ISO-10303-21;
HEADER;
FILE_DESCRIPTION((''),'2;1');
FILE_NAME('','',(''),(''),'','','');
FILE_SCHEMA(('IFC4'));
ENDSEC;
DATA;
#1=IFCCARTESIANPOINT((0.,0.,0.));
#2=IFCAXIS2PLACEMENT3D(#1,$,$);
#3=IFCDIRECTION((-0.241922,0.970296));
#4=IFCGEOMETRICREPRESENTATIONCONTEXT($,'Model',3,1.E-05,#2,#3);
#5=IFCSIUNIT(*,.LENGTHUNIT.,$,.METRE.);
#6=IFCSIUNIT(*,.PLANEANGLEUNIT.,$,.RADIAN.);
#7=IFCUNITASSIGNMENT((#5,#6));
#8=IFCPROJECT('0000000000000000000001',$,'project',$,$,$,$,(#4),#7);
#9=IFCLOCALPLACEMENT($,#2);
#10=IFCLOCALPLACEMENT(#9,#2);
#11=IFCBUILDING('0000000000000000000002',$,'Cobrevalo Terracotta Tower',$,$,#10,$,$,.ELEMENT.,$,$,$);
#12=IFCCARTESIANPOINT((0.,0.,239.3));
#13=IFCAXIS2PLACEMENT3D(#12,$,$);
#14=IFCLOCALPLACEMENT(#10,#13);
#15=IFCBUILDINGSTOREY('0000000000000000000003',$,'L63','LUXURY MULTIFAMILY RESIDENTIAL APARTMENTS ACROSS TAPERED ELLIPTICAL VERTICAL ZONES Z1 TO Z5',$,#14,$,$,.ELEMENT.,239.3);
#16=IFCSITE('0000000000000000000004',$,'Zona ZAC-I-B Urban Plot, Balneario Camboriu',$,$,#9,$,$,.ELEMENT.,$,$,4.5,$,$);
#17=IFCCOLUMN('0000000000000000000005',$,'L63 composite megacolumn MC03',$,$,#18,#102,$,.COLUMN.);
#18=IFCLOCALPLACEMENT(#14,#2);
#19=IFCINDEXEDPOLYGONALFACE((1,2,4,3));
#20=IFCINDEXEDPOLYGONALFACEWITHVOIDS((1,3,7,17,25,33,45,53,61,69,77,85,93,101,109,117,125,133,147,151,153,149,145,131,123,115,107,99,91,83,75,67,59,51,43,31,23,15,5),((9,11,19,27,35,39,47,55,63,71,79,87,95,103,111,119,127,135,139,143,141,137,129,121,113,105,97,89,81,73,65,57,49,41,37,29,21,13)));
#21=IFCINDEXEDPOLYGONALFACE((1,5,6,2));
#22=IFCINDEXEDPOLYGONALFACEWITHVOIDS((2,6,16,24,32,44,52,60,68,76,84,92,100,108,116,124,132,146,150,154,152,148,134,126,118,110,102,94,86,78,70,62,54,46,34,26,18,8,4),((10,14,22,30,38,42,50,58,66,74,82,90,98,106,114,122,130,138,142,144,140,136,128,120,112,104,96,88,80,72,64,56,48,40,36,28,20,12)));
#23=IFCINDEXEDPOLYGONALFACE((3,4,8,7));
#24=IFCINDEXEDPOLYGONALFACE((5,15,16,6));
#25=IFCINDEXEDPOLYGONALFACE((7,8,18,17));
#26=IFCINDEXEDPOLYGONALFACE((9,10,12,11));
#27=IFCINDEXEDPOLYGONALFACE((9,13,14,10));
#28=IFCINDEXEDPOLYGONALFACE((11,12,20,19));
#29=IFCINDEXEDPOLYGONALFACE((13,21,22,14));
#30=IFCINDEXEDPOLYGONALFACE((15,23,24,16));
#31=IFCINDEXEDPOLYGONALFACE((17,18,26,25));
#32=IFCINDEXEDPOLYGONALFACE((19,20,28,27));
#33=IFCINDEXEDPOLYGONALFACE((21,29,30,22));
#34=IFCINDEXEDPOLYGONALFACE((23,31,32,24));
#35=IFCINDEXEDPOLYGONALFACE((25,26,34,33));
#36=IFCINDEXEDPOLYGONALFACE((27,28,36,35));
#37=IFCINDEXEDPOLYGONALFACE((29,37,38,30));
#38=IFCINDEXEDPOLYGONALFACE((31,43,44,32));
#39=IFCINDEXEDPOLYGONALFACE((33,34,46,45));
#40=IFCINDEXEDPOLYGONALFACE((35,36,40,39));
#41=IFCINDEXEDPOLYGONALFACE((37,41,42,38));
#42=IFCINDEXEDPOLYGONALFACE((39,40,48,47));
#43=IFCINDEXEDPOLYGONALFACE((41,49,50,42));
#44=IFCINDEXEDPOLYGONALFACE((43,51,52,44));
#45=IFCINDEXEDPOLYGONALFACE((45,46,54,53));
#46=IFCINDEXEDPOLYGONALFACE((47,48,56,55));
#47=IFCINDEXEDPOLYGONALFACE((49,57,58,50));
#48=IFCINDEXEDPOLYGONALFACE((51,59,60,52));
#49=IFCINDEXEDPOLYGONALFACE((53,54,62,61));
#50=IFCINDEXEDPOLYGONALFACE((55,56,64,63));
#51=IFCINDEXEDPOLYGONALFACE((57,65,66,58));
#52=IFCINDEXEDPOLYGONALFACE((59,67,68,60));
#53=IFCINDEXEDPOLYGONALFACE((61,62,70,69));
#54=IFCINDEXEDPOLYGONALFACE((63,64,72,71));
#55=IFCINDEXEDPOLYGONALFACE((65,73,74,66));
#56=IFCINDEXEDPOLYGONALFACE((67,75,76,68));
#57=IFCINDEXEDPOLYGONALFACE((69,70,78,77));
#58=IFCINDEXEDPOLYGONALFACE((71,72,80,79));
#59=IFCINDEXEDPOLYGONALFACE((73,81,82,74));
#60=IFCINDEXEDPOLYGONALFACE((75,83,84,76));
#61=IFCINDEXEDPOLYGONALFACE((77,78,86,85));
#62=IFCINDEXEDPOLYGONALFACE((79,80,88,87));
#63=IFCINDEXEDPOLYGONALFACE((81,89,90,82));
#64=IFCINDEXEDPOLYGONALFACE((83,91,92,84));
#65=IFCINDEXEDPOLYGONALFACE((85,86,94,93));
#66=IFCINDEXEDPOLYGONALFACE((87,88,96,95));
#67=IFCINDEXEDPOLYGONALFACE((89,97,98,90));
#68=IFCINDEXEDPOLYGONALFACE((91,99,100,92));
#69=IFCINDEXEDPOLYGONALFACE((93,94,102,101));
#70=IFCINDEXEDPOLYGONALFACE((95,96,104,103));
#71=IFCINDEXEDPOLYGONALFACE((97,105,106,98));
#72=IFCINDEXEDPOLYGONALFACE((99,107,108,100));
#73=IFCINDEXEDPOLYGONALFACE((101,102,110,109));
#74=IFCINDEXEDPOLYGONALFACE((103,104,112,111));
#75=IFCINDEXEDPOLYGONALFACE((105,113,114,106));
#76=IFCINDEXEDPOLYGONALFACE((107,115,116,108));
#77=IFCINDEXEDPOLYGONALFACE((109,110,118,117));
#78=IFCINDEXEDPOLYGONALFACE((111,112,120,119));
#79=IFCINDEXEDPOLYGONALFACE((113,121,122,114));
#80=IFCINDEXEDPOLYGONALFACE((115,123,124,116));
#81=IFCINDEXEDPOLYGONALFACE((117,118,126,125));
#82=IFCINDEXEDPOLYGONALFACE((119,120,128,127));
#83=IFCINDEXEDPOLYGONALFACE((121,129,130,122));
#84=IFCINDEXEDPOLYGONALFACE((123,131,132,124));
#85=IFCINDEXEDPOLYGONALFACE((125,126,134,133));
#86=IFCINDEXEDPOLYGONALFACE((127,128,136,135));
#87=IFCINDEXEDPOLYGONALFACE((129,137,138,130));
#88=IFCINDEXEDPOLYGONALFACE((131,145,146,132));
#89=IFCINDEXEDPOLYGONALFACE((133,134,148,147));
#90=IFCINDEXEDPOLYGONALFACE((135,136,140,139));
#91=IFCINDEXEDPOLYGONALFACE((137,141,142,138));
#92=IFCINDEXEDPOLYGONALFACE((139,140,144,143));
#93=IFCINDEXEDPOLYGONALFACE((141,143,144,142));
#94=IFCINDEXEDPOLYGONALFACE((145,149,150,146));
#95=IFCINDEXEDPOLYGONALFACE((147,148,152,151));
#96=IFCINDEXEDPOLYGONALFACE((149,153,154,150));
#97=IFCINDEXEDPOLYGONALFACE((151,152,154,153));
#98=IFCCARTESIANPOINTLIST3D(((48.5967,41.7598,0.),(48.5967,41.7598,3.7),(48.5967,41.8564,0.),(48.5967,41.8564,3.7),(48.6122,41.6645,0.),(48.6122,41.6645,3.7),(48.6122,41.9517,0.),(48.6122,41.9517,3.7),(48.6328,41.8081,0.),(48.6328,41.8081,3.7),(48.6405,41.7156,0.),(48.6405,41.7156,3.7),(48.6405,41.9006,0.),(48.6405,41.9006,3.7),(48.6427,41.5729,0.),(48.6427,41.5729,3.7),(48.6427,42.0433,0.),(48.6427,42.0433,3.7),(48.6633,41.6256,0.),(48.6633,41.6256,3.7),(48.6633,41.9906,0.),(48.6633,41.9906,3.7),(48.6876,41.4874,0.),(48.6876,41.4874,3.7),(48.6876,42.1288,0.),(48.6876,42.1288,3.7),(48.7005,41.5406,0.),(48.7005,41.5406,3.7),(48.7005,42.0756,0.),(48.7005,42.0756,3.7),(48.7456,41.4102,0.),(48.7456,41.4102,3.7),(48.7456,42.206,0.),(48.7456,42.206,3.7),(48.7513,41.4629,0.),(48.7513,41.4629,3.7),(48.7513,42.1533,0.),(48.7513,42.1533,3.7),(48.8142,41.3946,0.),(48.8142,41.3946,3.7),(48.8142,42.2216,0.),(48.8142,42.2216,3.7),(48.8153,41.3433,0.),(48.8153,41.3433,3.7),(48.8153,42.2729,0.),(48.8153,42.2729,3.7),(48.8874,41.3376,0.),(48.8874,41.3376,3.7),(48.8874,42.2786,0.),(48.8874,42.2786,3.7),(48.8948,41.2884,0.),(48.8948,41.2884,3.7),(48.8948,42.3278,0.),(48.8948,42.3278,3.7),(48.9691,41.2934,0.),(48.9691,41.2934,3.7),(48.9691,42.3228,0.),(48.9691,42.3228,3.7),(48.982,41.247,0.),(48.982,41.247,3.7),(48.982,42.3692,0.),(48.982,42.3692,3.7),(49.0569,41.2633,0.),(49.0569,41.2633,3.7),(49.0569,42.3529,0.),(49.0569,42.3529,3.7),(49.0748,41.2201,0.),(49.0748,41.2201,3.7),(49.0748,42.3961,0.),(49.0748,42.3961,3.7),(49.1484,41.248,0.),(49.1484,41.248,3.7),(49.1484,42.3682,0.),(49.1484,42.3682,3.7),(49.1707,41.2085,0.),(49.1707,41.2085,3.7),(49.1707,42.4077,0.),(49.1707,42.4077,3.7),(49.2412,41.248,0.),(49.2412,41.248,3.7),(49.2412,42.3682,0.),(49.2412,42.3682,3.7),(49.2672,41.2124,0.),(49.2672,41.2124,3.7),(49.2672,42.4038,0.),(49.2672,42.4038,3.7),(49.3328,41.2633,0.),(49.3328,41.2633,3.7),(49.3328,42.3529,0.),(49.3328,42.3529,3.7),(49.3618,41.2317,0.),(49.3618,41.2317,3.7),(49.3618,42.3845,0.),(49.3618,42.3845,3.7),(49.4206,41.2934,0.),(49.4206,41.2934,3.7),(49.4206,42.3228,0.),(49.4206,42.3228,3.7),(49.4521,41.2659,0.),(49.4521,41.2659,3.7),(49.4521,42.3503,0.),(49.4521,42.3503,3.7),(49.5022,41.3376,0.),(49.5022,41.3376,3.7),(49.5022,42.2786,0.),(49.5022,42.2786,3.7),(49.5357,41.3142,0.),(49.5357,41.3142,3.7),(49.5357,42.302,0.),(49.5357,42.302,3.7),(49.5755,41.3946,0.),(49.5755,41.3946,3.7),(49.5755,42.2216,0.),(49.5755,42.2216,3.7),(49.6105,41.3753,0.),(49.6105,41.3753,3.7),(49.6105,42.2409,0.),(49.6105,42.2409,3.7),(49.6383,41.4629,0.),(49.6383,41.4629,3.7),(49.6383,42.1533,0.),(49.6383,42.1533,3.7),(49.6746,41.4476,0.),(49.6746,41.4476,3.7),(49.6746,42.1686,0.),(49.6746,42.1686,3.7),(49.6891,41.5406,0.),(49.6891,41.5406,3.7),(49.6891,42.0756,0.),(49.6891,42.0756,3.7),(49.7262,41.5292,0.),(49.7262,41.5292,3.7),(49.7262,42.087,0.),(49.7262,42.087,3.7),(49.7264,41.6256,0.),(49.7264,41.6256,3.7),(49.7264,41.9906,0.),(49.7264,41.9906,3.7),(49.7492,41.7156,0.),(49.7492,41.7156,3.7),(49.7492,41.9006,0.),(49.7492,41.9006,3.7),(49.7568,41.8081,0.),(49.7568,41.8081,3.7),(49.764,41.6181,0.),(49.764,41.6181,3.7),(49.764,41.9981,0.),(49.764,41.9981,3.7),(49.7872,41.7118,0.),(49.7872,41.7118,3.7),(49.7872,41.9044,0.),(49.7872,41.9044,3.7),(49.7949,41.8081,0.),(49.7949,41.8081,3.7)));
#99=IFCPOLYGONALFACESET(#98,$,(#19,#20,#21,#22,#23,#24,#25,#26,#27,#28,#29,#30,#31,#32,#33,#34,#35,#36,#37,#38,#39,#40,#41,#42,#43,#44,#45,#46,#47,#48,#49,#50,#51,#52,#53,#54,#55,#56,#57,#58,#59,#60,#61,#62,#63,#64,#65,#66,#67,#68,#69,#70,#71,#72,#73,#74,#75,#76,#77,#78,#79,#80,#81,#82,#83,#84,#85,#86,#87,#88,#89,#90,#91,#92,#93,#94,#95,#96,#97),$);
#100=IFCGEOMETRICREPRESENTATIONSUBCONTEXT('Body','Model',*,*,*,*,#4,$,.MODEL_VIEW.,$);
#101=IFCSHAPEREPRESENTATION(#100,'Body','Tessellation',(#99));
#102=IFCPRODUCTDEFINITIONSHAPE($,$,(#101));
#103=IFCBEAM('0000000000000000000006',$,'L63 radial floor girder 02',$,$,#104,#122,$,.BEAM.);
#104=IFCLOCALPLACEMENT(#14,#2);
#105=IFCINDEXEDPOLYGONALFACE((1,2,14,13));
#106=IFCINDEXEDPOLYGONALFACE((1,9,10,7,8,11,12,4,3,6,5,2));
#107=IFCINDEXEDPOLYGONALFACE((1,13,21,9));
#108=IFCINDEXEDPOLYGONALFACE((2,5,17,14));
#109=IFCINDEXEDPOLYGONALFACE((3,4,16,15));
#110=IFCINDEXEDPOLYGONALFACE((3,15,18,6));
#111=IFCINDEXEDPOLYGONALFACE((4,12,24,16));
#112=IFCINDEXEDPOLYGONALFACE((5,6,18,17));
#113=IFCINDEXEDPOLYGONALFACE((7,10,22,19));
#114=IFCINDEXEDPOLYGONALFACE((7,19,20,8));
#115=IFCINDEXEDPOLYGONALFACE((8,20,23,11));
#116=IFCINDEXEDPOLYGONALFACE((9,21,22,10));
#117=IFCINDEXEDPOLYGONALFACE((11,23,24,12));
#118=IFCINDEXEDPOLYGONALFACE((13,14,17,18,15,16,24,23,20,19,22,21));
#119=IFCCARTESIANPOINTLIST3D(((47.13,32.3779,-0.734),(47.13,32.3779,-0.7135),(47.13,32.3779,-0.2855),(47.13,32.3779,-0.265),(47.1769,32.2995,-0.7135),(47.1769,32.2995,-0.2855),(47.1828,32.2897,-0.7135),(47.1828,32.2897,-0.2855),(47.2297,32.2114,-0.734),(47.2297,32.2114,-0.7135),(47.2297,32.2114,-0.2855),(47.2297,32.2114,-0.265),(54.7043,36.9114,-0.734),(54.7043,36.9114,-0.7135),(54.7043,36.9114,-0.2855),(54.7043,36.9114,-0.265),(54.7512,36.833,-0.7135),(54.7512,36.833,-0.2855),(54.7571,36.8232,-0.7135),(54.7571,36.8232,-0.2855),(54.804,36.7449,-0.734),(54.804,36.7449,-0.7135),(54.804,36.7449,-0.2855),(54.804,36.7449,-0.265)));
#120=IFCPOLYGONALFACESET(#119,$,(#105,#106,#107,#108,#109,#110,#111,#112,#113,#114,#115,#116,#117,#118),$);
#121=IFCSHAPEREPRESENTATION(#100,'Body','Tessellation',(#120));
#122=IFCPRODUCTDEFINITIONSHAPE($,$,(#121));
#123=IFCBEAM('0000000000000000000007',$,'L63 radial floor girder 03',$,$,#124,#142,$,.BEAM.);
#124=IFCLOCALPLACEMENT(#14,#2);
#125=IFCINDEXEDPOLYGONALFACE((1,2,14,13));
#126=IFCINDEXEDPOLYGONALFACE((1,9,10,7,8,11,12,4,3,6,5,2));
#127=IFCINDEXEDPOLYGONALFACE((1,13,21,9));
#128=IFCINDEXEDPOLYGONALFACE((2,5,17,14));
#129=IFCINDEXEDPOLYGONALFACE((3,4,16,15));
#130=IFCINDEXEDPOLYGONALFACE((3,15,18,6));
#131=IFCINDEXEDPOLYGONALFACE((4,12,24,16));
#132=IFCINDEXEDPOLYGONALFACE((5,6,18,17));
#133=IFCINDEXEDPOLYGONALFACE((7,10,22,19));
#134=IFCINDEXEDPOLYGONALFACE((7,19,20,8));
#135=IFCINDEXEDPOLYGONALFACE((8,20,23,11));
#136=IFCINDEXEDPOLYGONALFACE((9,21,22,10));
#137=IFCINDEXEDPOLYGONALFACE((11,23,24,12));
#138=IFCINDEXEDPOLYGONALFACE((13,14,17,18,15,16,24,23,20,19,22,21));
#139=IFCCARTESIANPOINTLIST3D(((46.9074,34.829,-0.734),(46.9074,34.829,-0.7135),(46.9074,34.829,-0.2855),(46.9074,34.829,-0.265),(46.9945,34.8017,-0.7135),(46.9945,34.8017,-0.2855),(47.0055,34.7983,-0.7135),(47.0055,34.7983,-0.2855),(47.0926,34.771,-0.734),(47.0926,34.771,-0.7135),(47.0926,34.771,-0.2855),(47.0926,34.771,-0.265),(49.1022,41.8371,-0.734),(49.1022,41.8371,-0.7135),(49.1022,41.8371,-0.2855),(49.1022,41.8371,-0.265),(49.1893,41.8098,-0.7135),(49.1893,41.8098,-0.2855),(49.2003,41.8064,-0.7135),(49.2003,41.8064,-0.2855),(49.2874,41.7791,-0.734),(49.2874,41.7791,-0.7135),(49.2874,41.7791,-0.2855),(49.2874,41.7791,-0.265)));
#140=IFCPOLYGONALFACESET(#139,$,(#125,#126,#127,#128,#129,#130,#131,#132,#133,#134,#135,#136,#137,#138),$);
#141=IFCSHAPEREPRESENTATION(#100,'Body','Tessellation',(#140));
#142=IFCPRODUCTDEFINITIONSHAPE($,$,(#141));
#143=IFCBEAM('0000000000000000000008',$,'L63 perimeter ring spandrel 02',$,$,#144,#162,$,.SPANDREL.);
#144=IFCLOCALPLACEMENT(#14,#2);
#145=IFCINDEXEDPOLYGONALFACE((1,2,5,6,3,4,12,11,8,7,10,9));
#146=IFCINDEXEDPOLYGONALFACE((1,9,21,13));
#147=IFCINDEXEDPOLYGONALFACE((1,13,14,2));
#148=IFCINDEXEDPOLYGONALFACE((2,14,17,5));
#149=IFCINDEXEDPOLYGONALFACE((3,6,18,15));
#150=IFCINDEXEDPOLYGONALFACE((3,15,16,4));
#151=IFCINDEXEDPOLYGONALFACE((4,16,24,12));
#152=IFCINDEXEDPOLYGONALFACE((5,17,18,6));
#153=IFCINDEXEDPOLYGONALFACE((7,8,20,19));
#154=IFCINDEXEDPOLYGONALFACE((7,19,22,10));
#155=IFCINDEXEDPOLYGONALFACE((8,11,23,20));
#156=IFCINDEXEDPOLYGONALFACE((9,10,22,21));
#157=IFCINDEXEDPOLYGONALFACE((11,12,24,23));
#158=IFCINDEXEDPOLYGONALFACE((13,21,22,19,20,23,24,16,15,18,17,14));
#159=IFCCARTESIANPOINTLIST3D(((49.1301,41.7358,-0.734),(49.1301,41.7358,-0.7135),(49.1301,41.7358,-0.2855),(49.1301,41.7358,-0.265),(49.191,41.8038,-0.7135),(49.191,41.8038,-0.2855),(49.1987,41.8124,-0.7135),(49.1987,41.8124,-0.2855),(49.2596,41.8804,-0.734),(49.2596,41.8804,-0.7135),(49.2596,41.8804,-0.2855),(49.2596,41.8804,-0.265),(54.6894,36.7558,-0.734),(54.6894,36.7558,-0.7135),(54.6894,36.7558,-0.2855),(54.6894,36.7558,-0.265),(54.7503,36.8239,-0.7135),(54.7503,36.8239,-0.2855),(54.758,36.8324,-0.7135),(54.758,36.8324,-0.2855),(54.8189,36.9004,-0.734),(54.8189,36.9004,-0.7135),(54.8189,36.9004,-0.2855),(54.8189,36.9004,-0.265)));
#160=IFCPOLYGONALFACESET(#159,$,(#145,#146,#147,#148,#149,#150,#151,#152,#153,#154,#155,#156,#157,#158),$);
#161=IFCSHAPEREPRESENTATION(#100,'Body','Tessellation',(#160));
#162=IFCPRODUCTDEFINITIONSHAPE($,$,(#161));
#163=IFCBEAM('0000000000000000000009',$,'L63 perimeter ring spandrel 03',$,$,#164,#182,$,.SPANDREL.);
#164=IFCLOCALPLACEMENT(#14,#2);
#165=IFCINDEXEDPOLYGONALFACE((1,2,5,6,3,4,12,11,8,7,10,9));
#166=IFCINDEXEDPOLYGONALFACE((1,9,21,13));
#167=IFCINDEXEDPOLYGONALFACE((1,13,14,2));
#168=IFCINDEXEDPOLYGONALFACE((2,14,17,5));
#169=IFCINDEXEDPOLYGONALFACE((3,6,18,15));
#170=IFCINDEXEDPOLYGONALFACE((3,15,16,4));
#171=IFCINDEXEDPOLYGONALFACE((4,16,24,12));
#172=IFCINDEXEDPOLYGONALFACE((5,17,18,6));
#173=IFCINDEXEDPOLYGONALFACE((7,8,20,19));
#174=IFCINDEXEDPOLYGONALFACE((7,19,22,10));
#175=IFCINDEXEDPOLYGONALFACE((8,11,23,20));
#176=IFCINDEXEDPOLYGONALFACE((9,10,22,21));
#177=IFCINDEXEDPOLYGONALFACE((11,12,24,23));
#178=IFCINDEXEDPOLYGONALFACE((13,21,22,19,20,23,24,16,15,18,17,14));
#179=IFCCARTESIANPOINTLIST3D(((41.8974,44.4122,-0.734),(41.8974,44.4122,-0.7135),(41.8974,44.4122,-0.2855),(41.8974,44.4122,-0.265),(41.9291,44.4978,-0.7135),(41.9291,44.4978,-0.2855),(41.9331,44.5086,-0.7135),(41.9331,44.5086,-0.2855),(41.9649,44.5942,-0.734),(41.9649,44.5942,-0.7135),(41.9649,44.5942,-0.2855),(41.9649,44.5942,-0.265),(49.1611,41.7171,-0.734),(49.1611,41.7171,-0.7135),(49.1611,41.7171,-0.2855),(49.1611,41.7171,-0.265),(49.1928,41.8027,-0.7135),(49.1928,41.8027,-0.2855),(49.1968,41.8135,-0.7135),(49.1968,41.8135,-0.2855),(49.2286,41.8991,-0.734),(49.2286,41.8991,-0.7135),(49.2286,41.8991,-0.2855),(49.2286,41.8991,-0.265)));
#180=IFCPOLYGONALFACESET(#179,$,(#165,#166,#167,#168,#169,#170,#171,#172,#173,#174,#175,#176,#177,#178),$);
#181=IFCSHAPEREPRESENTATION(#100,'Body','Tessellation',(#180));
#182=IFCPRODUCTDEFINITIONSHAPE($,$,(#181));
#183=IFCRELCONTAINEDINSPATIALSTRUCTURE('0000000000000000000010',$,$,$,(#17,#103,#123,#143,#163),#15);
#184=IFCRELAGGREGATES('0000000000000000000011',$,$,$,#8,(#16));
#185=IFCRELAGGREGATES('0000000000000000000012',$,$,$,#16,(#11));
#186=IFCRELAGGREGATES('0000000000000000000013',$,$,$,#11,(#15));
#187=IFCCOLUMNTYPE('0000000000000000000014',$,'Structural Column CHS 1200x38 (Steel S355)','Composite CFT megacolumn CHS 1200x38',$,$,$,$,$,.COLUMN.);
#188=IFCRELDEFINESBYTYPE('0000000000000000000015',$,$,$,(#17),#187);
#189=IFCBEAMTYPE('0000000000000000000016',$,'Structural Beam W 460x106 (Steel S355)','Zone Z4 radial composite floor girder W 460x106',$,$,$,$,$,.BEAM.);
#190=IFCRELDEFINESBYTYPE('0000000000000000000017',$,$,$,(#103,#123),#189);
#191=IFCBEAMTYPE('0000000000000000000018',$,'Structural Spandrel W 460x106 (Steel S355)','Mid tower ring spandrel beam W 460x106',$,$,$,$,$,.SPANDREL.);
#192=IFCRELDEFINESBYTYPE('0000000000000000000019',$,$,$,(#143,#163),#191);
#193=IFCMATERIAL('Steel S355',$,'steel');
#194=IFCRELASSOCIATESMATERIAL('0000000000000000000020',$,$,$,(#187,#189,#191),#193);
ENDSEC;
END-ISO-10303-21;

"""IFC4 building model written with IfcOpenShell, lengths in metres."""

from ifc_helpers import new_model, si_unit, direction, frame, origin, origin_2d, place, context, subcontext, project, spatial, hollow_circle, i_section, extrude, material, material_profile, profile_set, type_object, element, save


model = new_model("IFC4")

# Units and contexts
model_context = context("Model", 3, precision=1e-05, world=origin(), true_north=direction((-0.241922, 0.970296)))
body_context = subcontext(model_context, "Body", "Model", "MODEL_VIEW")
ifc_project = project(units=[si_unit("LENGTHUNIT", "METRE"), si_unit("PLANEANGLEUNIT", "RADIAN")], contexts=[model_context])

# Site, building, storey
site_placement = place(None, origin())
site = spatial("IfcSite", under=ifc_project, at=site_placement, Name="Zona ZAC-I-B Urban Plot, Balneario Camboriu", CompositionType="ELEMENT", RefElevation=4.5)
building_placement = place(site_placement, origin())
building = spatial("IfcBuilding", under=site, at=building_placement, Name="Cobrevalo Terracotta Tower", CompositionType="ELEMENT")
storey_placement = place(building_placement, frame((0.0, 0.0, 239.3)))
storey = spatial("IfcBuildingStorey", under=building, at=storey_placement, Name="L63", Description="LUXURY MULTIFAMILY RESIDENTIAL APARTMENTS ACROSS TAPERED ELLIPTICAL VERTICAL ZONES Z1 TO Z5", CompositionType="ELEMENT", Elevation=239.3)

# Column
ifc_material_1 = material(Name="Steel S355", Category="steel")
ifc_material_profile_1 = material_profile(ifc_material_1, hollow_circle(Radius=0.6001, WallThickness=0.0381, at=origin_2d()), Name="CHS 1200x38")
ifc_profile_set_1 = profile_set([ifc_material_profile_1], Name="Steel S355")
column_type = type_object("IfcColumnType", Name="Structural Column CHS 1200x38 (Steel S355)", Description="Composite CFT megacolumn CHS 1200x38", PredefinedType="COLUMN", material=ifc_profile_set_1)
column_placement = place(storey_placement, frame((49.1948, 41.8081, 0.0), z_axis=(0.0, 0.0, 1.0), x_axis=(1.0, 0.0, 0.0)))
element("IfcColumn", 1, at=column_placement, inside=storey, type_object=column_type, Name="L63 composite megacolumn MC03", PredefinedType="COLUMN", context=body_context, shape_type="SweptSolid", body=[
    extrude(hollow_circle(Radius=0.6001, WallThickness=0.0381, at=origin_2d()), origin(), (0.0, 0.0, 1.0), 3.7),
])

# Beams
ifc_material_profile_2 = material_profile(ifc_material_1, i_section(OverallWidth=0.1941, OverallDepth=0.469, WebThickness=0.0115, FlangeThickness=0.0205, at=origin_2d()), Name="W 460x106")
ifc_profile_set_2 = profile_set([ifc_material_profile_2], Name="Steel S355")
beam_type_1 = type_object("IfcBeamType", Name="Structural Beam W 460x106 (Steel S355)", Description="Zone Z4 radial composite floor girder W 460x106", PredefinedType="BEAM", material=ifc_profile_set_2)
beam_1_placement = place(storey_placement, frame((54.7542, 36.8281, -0.4995), z_axis=(-0.858046, -0.513572, 0.0), x_axis=(0.513572, -0.858046, 0.0)))
element("IfcBeam", 2, at=beam_1_placement, inside=storey, type_object=beam_type_1, Name="L63 radial floor girder 02", PredefinedType="BEAM", context=body_context, shape_type="SweptSolid", body=[
    extrude(i_section(OverallWidth=0.1941, OverallDepth=0.469, WebThickness=0.0115, FlangeThickness=0.0205, at=origin_2d()), origin(), (0.0, 0.0, 1.0), 8.8274),
])
beam_2_placement = place(storey_placement, frame((49.1948, 41.8081, -0.4995), z_axis=(-0.298871, -0.954293, 0.0), x_axis=(0.954293, -0.298871, 0.0)))
element("IfcBeam", 3, at=beam_2_placement, inside=storey, type_object=beam_type_1, Name="L63 radial floor girder 03", PredefinedType="BEAM", context=body_context, shape_type="SweptSolid", body=[
    extrude(i_section(OverallWidth=0.1941, OverallDepth=0.469, WebThickness=0.0115, FlangeThickness=0.0205, at=origin_2d()), origin(), (0.0, 0.0, 1.0), 7.3438),
])
ifc_material_profile_3 = material_profile(ifc_material_1, i_section(OverallWidth=0.1941, OverallDepth=0.469, WebThickness=0.0115, FlangeThickness=0.0205, at=origin_2d()), Name="W 460x106")
ifc_profile_set_3 = profile_set([ifc_material_profile_3], Name="Steel S355")
beam_type_2 = type_object("IfcBeamType", Name="Structural Spandrel W 460x106 (Steel S355)", Description="Mid tower ring spandrel beam W 460x106", PredefinedType="SPANDREL", material=ifc_profile_set_3)
beam_3_placement = place(storey_placement, frame((54.7542, 36.8281, -0.4995), z_axis=(-0.744852, 0.66723, 0.0), x_axis=(-0.66723, -0.744852, 0.0)))
element("IfcBeam", 4, at=beam_3_placement, inside=storey, type_object=beam_type_2, Name="L63 perimeter ring spandrel 02", PredefinedType="SPANDREL", context=body_context, shape_type="SweptSolid", body=[
    extrude(i_section(OverallWidth=0.1941, OverallDepth=0.469, WebThickness=0.0115, FlangeThickness=0.0205, at=origin_2d()), origin(), (0.0, 0.0, 1.0), 7.4636),
])
beam_4_placement = place(storey_placement, frame((49.1948, 41.8081, -0.4995), z_axis=(-0.937546, 0.347861, 0.0), x_axis=(-0.347861, -0.937546, 0.0)))
element("IfcBeam", 5, at=beam_4_placement, inside=storey, type_object=beam_type_2, Name="L63 perimeter ring spandrel 03", PredefinedType="SPANDREL", context=body_context, shape_type="SweptSolid", body=[
    extrude(i_section(OverallWidth=0.1941, OverallDepth=0.469, WebThickness=0.0115, FlangeThickness=0.0205, at=origin_2d()), origin(), (0.0, 0.0, 1.0), 7.7476),
])

save(model, "model.ifc")
